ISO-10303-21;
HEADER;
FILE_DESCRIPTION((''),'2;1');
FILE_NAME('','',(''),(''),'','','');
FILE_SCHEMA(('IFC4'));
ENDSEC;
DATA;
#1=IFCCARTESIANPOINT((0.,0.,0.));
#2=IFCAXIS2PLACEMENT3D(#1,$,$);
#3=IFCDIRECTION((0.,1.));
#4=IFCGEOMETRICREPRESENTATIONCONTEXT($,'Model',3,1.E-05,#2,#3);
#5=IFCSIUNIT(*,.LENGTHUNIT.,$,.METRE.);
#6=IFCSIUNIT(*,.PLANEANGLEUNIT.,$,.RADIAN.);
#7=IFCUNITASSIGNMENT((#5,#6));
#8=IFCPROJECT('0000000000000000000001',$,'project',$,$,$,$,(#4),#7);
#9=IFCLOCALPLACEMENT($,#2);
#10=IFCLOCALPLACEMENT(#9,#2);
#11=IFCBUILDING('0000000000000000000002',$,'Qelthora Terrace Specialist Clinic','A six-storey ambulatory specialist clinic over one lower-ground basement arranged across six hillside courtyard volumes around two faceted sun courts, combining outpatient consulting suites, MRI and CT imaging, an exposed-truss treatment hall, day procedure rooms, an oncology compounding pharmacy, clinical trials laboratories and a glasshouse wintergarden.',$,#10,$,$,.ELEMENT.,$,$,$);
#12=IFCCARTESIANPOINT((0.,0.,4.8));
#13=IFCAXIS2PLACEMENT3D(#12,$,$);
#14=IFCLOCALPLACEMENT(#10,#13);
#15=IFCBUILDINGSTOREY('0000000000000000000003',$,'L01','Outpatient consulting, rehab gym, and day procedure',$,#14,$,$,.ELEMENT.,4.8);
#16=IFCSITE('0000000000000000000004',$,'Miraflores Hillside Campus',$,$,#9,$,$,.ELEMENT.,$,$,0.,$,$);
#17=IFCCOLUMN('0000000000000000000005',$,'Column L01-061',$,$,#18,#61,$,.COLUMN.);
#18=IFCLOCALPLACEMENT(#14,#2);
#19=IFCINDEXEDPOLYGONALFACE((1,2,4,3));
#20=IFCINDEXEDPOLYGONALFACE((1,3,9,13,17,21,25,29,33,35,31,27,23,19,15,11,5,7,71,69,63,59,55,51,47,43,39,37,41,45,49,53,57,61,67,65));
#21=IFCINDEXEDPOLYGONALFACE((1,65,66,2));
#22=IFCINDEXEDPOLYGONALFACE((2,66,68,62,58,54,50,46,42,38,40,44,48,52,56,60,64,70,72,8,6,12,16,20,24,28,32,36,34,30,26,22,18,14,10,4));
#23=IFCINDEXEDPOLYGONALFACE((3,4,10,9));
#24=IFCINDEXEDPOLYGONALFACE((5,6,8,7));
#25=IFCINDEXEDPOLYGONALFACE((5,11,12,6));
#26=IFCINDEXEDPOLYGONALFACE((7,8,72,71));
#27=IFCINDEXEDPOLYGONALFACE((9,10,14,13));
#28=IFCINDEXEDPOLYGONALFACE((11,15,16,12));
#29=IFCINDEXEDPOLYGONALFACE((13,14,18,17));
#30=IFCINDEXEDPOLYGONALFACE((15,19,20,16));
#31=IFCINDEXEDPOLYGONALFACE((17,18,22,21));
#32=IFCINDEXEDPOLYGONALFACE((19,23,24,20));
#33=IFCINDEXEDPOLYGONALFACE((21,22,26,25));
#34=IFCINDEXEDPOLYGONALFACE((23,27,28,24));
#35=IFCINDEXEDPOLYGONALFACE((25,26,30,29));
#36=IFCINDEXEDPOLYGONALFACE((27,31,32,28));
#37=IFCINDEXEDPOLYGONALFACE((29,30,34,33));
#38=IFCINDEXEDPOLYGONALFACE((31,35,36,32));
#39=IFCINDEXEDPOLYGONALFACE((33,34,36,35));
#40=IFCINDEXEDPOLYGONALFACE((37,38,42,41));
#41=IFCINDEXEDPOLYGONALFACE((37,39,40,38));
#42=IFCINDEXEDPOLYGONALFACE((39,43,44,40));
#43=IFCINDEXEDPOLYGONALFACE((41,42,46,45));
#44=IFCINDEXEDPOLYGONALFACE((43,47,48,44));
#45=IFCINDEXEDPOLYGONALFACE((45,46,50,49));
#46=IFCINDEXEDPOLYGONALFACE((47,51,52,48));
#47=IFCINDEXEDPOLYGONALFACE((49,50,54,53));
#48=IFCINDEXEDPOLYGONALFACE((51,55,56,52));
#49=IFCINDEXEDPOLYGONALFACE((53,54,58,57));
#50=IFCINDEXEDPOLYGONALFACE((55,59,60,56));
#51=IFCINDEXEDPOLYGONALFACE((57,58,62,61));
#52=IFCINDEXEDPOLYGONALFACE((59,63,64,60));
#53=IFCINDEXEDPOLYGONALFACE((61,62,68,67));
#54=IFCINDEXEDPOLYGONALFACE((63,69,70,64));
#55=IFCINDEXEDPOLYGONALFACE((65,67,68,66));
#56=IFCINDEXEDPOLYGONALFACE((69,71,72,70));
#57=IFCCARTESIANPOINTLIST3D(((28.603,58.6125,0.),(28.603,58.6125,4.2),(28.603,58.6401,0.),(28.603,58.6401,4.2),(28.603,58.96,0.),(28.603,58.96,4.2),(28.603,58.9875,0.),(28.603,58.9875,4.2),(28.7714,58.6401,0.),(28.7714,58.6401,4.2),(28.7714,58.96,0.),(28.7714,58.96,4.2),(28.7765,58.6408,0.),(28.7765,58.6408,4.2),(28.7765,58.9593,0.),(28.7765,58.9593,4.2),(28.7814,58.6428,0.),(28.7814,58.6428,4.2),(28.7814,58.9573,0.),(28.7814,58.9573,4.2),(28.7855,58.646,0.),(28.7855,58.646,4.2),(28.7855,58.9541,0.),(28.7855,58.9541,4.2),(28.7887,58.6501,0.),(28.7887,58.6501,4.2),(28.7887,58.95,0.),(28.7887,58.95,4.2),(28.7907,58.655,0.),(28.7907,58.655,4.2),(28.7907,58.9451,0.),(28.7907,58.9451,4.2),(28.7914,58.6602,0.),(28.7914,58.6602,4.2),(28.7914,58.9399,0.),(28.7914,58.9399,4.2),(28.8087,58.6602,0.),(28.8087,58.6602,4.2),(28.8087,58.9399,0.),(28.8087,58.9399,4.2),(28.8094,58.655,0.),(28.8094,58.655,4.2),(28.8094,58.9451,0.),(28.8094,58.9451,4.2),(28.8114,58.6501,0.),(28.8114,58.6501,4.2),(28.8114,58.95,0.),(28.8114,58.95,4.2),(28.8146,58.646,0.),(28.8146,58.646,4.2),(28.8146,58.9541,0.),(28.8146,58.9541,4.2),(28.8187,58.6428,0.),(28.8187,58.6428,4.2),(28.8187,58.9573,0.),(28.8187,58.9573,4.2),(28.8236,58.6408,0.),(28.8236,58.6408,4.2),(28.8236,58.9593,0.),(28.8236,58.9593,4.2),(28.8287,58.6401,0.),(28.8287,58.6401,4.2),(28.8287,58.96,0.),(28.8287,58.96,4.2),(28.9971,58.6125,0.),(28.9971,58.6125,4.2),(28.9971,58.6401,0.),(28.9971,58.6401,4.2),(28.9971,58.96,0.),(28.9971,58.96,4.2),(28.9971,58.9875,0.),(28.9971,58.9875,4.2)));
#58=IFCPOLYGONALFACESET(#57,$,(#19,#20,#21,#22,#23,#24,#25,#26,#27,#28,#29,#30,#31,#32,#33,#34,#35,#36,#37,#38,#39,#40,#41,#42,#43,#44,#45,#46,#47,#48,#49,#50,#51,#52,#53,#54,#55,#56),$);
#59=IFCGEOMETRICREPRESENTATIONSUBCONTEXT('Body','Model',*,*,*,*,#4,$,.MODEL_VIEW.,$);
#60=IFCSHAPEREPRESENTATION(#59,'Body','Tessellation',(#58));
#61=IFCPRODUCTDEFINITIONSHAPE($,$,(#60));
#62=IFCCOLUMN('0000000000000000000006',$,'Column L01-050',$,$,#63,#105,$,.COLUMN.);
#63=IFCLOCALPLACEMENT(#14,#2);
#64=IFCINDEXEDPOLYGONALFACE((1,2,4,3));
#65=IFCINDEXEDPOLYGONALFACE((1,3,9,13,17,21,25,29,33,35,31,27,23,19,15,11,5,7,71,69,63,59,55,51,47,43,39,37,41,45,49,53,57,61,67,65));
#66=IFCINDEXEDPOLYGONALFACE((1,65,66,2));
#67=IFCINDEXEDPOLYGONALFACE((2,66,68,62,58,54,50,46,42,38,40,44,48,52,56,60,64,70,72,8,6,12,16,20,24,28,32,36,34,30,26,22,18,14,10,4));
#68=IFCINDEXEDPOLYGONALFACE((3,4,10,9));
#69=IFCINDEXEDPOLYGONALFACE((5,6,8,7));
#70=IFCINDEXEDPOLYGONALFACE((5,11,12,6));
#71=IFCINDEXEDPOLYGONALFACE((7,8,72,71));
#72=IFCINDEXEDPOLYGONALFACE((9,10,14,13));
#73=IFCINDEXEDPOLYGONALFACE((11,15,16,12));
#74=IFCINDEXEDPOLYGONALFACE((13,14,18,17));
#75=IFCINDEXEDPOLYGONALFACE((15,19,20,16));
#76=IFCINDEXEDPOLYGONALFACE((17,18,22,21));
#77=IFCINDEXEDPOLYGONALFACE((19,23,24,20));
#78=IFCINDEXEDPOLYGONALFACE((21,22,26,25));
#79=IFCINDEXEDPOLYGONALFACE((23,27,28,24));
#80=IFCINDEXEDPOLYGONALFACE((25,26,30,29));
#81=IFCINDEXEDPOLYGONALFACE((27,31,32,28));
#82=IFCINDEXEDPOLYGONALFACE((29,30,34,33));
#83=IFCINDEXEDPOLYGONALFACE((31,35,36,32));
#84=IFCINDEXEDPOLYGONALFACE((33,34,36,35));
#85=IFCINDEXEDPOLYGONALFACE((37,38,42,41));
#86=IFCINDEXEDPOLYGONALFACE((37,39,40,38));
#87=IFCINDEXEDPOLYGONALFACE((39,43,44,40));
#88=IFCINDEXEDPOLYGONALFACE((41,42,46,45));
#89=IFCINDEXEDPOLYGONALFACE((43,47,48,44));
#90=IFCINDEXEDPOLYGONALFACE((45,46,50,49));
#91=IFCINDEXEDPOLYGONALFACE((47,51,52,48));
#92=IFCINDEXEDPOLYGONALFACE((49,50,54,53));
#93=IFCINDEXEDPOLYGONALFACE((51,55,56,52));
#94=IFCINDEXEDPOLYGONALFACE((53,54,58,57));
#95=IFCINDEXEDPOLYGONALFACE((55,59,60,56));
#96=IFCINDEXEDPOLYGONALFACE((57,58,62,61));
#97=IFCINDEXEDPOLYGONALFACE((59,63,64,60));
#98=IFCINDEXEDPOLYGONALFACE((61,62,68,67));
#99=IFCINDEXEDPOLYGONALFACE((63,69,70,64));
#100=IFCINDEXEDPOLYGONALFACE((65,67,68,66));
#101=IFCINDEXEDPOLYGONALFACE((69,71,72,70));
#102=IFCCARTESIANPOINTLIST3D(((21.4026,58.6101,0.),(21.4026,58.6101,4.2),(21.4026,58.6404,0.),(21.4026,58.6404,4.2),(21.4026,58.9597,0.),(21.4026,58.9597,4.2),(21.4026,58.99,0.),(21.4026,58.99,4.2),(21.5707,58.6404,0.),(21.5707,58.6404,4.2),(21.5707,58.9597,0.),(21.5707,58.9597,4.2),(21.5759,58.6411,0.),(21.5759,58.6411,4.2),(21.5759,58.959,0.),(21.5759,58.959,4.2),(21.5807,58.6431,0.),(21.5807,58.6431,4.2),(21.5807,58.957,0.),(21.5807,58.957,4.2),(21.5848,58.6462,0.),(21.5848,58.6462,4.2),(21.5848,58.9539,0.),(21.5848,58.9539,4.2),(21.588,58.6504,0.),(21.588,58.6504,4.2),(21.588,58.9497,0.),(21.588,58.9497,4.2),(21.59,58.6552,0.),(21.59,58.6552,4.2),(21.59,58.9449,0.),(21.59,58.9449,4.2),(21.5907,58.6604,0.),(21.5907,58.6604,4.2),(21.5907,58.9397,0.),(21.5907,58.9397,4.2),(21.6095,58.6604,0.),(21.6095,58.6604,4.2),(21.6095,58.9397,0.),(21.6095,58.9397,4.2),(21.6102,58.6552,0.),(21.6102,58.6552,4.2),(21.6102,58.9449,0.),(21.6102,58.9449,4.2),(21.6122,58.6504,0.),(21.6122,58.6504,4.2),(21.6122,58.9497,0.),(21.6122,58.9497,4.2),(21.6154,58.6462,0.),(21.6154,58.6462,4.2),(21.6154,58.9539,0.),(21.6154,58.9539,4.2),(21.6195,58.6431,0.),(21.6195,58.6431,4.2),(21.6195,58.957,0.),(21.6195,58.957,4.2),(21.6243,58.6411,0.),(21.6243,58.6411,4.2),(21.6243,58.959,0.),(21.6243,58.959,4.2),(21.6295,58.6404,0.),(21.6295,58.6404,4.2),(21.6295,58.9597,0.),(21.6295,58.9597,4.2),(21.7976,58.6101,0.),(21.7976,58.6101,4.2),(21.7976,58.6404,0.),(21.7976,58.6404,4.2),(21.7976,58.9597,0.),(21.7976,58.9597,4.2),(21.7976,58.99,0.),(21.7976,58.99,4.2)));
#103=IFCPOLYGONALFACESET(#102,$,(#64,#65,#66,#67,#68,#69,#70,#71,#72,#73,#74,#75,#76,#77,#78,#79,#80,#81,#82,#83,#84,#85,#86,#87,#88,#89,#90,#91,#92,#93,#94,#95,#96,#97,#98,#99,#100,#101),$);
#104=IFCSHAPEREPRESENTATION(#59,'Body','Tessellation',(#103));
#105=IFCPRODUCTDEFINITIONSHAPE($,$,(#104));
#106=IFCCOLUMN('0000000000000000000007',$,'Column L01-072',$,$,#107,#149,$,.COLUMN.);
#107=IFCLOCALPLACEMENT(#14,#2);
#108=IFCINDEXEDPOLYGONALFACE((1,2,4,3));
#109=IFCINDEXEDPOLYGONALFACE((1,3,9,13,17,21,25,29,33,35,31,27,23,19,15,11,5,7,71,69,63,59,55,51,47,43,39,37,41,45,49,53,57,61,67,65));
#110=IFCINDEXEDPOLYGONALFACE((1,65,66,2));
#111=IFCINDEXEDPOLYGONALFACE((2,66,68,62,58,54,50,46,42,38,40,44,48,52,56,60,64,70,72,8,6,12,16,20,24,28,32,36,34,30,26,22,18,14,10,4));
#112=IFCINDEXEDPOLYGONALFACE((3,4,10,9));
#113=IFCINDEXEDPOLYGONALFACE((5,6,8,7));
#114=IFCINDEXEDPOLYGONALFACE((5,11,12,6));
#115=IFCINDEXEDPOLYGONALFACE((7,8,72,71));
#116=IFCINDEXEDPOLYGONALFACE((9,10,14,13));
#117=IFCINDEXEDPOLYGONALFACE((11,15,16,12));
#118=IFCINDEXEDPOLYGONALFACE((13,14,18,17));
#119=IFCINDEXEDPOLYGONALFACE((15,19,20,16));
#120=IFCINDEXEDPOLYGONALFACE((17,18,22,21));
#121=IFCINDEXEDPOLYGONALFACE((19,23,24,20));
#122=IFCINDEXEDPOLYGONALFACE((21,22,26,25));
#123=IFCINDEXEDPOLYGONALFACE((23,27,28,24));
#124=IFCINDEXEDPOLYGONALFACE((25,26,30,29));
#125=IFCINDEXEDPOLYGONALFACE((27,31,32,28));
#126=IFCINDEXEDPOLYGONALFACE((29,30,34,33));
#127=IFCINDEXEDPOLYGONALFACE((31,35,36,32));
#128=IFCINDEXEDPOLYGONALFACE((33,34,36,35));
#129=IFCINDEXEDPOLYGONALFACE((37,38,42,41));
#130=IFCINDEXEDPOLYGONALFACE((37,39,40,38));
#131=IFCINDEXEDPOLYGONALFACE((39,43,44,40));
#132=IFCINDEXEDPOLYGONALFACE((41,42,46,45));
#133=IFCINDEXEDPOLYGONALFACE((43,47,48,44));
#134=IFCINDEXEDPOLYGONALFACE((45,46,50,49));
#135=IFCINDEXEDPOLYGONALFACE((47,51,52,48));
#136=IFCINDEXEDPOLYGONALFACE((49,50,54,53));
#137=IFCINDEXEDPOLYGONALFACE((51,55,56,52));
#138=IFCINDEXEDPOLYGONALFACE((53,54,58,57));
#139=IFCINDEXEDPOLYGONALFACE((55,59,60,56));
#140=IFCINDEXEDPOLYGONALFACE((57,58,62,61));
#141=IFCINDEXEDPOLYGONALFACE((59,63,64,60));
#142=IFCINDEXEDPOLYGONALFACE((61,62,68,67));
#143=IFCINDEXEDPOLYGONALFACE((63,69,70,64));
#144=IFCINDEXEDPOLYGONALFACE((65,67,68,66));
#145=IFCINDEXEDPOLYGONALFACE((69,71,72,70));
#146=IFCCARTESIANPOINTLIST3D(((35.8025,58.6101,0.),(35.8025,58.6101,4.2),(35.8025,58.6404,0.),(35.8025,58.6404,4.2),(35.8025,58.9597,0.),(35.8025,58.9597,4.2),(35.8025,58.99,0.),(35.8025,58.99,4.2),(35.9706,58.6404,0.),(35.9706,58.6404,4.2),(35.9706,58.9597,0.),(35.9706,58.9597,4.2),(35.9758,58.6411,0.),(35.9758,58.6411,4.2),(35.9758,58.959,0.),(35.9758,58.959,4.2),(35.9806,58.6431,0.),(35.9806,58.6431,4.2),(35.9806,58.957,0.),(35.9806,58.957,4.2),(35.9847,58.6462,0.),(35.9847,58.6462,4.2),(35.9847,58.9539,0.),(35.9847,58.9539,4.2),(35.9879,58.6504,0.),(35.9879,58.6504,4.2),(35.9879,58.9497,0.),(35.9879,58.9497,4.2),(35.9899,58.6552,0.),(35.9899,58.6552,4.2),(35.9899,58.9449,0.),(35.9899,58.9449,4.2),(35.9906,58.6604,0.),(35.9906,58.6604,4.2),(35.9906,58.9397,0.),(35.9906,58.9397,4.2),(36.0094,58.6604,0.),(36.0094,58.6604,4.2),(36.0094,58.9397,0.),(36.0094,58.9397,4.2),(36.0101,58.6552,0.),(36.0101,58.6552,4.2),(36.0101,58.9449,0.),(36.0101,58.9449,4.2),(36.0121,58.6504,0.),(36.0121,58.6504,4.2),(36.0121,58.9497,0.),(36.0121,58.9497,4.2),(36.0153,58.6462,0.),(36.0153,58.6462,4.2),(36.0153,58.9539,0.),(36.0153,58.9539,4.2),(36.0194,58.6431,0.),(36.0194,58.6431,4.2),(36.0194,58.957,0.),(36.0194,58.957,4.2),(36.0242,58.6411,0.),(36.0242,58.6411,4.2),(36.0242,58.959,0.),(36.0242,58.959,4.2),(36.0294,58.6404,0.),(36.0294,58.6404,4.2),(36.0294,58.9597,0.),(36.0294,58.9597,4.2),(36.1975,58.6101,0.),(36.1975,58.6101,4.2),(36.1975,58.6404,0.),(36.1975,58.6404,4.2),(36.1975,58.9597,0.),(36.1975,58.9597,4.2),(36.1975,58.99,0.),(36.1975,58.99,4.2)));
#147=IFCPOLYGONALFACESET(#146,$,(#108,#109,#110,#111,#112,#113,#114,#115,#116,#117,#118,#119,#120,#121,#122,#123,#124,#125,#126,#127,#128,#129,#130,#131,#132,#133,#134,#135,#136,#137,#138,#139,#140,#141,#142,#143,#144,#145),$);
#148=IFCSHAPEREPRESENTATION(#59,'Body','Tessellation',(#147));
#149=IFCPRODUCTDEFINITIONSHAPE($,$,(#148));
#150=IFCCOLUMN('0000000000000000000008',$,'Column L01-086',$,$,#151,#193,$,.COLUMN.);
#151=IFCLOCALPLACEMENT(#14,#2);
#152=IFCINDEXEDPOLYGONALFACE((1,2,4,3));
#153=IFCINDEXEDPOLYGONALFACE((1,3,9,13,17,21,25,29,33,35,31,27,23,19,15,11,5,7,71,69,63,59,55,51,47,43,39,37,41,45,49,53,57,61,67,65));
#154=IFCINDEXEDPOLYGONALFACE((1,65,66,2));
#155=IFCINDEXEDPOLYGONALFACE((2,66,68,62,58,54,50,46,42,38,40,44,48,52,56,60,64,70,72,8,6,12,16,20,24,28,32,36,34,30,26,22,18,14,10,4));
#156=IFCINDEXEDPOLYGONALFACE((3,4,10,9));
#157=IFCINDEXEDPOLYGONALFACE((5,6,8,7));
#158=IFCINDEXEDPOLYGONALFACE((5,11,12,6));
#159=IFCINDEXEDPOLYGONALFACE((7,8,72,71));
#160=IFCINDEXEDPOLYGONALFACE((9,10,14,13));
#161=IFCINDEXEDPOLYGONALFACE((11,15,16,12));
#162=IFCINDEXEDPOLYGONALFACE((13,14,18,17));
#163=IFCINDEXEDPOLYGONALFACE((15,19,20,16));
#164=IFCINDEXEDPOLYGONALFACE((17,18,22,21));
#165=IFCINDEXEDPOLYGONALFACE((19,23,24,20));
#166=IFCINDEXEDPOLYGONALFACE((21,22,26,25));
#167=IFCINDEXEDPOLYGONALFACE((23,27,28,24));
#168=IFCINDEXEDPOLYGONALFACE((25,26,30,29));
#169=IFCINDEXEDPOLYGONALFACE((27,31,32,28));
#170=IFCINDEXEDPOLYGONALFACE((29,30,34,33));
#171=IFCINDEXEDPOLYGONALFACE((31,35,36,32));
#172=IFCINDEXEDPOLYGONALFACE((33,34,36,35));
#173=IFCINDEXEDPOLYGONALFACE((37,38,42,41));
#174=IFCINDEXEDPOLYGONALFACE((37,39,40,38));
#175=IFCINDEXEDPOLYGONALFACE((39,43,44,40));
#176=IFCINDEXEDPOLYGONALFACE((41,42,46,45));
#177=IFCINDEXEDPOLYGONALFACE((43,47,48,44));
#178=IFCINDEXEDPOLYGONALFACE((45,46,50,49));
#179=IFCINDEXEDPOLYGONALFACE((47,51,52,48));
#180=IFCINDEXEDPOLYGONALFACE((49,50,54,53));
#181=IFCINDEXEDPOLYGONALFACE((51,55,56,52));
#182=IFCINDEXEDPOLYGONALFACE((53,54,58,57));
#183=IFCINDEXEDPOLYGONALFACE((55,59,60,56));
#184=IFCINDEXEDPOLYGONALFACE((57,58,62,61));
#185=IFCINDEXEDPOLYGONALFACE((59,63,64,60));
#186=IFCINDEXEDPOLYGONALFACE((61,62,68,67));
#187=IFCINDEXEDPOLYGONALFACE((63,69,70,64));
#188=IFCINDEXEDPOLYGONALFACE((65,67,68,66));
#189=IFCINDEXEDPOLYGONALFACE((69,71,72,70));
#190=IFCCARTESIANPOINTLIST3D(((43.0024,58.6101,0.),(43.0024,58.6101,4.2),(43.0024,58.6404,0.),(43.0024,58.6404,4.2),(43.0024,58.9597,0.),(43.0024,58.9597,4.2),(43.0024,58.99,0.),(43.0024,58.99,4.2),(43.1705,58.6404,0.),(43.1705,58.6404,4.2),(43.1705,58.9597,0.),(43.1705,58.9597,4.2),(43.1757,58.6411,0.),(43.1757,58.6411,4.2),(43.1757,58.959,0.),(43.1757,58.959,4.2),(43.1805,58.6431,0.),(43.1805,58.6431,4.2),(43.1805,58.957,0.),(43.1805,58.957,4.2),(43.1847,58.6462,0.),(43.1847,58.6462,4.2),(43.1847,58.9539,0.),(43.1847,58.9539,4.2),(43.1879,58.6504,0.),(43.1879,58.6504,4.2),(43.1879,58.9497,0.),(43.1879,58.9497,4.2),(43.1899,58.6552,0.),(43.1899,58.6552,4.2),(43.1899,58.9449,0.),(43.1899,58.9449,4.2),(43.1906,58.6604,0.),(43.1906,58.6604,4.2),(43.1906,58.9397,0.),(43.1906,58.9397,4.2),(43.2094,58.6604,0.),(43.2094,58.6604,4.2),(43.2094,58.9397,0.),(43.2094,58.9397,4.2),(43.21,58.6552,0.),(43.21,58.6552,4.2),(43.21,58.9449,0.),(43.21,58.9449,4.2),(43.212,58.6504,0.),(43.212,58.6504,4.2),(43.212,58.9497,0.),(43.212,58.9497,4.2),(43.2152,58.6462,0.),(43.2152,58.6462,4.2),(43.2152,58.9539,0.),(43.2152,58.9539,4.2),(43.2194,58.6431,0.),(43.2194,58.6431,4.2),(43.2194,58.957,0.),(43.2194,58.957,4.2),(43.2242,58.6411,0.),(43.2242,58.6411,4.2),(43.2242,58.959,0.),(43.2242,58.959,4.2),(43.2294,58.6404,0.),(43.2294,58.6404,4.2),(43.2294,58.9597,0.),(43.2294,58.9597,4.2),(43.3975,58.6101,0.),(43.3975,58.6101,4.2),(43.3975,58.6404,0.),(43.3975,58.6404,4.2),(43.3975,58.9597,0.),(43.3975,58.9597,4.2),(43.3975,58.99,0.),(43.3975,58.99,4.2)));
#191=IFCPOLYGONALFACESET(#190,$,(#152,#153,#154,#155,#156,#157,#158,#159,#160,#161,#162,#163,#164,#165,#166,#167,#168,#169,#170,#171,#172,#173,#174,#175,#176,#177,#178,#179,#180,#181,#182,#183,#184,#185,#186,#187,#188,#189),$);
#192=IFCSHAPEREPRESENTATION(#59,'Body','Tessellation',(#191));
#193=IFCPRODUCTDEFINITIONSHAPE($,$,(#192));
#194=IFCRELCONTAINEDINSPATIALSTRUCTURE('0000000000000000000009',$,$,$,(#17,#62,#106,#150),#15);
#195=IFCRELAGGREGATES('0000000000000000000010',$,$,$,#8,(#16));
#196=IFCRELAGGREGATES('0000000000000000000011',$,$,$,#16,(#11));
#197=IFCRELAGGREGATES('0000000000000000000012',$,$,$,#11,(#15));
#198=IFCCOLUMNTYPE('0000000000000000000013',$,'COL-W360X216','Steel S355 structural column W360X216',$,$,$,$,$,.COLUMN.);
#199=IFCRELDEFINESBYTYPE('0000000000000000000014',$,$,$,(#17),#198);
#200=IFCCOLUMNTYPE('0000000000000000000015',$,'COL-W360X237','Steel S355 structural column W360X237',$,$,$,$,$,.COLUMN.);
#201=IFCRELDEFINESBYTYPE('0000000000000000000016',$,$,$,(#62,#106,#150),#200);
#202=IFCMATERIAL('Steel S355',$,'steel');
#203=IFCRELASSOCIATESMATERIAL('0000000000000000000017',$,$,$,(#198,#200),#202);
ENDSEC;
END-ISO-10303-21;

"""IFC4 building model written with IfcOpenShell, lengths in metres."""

from ifc_helpers import new_model, si_unit, direction, frame, origin, origin_2d, place, context, subcontext, project, spatial, i_section, extrude, material, material_profile, profile_set, type_object, element, save


model = new_model("IFC4")

# Units and contexts
model_context = context("Model", 3, precision=1e-05, world=origin(), true_north=direction((0.0, 1.0)))
body_context = subcontext(model_context, "Body", "Model", "MODEL_VIEW")
ifc_project = project(units=[si_unit("LENGTHUNIT", "METRE"), si_unit("PLANEANGLEUNIT", "RADIAN")], contexts=[model_context])

# Site, building, storey
site_placement = place(None, origin())
site = spatial("IfcSite", under=ifc_project, at=site_placement, Name="Miraflores Hillside Campus", CompositionType="ELEMENT", RefElevation=0.0)
building_placement = place(site_placement, origin())
building = spatial("IfcBuilding", under=site, at=building_placement, Name="Qelthora Terrace Specialist Clinic", Description="A six-storey ambulatory specialist clinic over one lower-ground basement arranged across six hillside courtyard volumes around two faceted sun courts, combining outpatient consulting suites, MRI and CT imaging, an exposed-truss treatment hall, day procedure rooms, an oncology compounding pharmacy, clinical trials laboratories and a glasshouse wintergarden.", CompositionType="ELEMENT")
storey_placement = place(building_placement, frame((0.0, 0.0, 4.8)))
storey = spatial("IfcBuildingStorey", under=building, at=storey_placement, Name="L01", Description="Outpatient consulting, rehab gym, and day procedure", CompositionType="ELEMENT", Elevation=4.8)

# Columns
ifc_material_1 = material(Name="Steel S355", Category="steel")
ifc_material_profile_1 = material_profile(ifc_material_1, i_section(OverallWidth=0.394, OverallDepth=0.375, WebThickness=0.0173, FlangeThickness=0.0276, FilletRadius=0.02, at=origin_2d()), Name="W360X216")
ifc_profile_set_1 = profile_set([ifc_material_profile_1], Name="Steel S355")
column_type_1 = type_object("IfcColumnType", Name="COL-W360X216", Description="Steel S355 structural column W360X216", PredefinedType="COLUMN", material=ifc_profile_set_1)
column_placement = place(storey_placement, frame((28.8, 58.8, 0.0), z_axis=(0.0, 0.0, 1.0), x_axis=(1.0, 0.0, 0.0)))
element("IfcColumn", 1, at=column_placement, inside=storey, type_object=column_type_1, Name="Column L01-061", PredefinedType="COLUMN", context=body_context, shape_type="SweptSolid", body=[
    extrude(i_section(OverallWidth=0.394, OverallDepth=0.375, WebThickness=0.0173, FlangeThickness=0.0276, FilletRadius=0.02, at=origin_2d()), origin(), (0.0, 0.0, 1.0), 4.2),
])
ifc_material_profile_2 = material_profile(ifc_material_1, i_section(OverallWidth=0.395, OverallDepth=0.3799, WebThickness=0.0188, FlangeThickness=0.0303, FilletRadius=0.02, at=origin_2d()), Name="W360X237")
ifc_profile_set_2 = profile_set([ifc_material_profile_2], Name="Steel S355")
column_type_2 = type_object("IfcColumnType", Name="COL-W360X237", Description="Steel S355 structural column W360X237", PredefinedType="COLUMN", material=ifc_profile_set_2)
for number, where, z_axis, x_axis, name in (
    (2, (21.6001, 58.8, 0.0), (0.0, 0.0, 1.0), (1.0, 0.0, 0.0), "Column L01-050"),
    (3, (36.0, 58.8, 0.0), (0.0, 0.0, 1.0), (1.0, 0.0, 0.0), "Column L01-072"),
    (4, (43.2, 58.8, 0.0), (0.0, 0.0, 1.0), (1.0, 0.0, 0.0), "Column L01-086"),
):
    element("IfcColumn", number, at=place(storey_placement, frame(where, z_axis=z_axis, x_axis=x_axis)), inside=storey, type_object=column_type_2, Name=name, PredefinedType="COLUMN", context=body_context, shape_type="SweptSolid", body=[
        extrude(i_section(OverallWidth=0.395, OverallDepth=0.3799, WebThickness=0.0188, FlangeThickness=0.0303, FilletRadius=0.02, at=origin_2d()), origin(), (0.0, 0.0, 1.0), 4.2),
    ])

save(model, "model.ifc")
